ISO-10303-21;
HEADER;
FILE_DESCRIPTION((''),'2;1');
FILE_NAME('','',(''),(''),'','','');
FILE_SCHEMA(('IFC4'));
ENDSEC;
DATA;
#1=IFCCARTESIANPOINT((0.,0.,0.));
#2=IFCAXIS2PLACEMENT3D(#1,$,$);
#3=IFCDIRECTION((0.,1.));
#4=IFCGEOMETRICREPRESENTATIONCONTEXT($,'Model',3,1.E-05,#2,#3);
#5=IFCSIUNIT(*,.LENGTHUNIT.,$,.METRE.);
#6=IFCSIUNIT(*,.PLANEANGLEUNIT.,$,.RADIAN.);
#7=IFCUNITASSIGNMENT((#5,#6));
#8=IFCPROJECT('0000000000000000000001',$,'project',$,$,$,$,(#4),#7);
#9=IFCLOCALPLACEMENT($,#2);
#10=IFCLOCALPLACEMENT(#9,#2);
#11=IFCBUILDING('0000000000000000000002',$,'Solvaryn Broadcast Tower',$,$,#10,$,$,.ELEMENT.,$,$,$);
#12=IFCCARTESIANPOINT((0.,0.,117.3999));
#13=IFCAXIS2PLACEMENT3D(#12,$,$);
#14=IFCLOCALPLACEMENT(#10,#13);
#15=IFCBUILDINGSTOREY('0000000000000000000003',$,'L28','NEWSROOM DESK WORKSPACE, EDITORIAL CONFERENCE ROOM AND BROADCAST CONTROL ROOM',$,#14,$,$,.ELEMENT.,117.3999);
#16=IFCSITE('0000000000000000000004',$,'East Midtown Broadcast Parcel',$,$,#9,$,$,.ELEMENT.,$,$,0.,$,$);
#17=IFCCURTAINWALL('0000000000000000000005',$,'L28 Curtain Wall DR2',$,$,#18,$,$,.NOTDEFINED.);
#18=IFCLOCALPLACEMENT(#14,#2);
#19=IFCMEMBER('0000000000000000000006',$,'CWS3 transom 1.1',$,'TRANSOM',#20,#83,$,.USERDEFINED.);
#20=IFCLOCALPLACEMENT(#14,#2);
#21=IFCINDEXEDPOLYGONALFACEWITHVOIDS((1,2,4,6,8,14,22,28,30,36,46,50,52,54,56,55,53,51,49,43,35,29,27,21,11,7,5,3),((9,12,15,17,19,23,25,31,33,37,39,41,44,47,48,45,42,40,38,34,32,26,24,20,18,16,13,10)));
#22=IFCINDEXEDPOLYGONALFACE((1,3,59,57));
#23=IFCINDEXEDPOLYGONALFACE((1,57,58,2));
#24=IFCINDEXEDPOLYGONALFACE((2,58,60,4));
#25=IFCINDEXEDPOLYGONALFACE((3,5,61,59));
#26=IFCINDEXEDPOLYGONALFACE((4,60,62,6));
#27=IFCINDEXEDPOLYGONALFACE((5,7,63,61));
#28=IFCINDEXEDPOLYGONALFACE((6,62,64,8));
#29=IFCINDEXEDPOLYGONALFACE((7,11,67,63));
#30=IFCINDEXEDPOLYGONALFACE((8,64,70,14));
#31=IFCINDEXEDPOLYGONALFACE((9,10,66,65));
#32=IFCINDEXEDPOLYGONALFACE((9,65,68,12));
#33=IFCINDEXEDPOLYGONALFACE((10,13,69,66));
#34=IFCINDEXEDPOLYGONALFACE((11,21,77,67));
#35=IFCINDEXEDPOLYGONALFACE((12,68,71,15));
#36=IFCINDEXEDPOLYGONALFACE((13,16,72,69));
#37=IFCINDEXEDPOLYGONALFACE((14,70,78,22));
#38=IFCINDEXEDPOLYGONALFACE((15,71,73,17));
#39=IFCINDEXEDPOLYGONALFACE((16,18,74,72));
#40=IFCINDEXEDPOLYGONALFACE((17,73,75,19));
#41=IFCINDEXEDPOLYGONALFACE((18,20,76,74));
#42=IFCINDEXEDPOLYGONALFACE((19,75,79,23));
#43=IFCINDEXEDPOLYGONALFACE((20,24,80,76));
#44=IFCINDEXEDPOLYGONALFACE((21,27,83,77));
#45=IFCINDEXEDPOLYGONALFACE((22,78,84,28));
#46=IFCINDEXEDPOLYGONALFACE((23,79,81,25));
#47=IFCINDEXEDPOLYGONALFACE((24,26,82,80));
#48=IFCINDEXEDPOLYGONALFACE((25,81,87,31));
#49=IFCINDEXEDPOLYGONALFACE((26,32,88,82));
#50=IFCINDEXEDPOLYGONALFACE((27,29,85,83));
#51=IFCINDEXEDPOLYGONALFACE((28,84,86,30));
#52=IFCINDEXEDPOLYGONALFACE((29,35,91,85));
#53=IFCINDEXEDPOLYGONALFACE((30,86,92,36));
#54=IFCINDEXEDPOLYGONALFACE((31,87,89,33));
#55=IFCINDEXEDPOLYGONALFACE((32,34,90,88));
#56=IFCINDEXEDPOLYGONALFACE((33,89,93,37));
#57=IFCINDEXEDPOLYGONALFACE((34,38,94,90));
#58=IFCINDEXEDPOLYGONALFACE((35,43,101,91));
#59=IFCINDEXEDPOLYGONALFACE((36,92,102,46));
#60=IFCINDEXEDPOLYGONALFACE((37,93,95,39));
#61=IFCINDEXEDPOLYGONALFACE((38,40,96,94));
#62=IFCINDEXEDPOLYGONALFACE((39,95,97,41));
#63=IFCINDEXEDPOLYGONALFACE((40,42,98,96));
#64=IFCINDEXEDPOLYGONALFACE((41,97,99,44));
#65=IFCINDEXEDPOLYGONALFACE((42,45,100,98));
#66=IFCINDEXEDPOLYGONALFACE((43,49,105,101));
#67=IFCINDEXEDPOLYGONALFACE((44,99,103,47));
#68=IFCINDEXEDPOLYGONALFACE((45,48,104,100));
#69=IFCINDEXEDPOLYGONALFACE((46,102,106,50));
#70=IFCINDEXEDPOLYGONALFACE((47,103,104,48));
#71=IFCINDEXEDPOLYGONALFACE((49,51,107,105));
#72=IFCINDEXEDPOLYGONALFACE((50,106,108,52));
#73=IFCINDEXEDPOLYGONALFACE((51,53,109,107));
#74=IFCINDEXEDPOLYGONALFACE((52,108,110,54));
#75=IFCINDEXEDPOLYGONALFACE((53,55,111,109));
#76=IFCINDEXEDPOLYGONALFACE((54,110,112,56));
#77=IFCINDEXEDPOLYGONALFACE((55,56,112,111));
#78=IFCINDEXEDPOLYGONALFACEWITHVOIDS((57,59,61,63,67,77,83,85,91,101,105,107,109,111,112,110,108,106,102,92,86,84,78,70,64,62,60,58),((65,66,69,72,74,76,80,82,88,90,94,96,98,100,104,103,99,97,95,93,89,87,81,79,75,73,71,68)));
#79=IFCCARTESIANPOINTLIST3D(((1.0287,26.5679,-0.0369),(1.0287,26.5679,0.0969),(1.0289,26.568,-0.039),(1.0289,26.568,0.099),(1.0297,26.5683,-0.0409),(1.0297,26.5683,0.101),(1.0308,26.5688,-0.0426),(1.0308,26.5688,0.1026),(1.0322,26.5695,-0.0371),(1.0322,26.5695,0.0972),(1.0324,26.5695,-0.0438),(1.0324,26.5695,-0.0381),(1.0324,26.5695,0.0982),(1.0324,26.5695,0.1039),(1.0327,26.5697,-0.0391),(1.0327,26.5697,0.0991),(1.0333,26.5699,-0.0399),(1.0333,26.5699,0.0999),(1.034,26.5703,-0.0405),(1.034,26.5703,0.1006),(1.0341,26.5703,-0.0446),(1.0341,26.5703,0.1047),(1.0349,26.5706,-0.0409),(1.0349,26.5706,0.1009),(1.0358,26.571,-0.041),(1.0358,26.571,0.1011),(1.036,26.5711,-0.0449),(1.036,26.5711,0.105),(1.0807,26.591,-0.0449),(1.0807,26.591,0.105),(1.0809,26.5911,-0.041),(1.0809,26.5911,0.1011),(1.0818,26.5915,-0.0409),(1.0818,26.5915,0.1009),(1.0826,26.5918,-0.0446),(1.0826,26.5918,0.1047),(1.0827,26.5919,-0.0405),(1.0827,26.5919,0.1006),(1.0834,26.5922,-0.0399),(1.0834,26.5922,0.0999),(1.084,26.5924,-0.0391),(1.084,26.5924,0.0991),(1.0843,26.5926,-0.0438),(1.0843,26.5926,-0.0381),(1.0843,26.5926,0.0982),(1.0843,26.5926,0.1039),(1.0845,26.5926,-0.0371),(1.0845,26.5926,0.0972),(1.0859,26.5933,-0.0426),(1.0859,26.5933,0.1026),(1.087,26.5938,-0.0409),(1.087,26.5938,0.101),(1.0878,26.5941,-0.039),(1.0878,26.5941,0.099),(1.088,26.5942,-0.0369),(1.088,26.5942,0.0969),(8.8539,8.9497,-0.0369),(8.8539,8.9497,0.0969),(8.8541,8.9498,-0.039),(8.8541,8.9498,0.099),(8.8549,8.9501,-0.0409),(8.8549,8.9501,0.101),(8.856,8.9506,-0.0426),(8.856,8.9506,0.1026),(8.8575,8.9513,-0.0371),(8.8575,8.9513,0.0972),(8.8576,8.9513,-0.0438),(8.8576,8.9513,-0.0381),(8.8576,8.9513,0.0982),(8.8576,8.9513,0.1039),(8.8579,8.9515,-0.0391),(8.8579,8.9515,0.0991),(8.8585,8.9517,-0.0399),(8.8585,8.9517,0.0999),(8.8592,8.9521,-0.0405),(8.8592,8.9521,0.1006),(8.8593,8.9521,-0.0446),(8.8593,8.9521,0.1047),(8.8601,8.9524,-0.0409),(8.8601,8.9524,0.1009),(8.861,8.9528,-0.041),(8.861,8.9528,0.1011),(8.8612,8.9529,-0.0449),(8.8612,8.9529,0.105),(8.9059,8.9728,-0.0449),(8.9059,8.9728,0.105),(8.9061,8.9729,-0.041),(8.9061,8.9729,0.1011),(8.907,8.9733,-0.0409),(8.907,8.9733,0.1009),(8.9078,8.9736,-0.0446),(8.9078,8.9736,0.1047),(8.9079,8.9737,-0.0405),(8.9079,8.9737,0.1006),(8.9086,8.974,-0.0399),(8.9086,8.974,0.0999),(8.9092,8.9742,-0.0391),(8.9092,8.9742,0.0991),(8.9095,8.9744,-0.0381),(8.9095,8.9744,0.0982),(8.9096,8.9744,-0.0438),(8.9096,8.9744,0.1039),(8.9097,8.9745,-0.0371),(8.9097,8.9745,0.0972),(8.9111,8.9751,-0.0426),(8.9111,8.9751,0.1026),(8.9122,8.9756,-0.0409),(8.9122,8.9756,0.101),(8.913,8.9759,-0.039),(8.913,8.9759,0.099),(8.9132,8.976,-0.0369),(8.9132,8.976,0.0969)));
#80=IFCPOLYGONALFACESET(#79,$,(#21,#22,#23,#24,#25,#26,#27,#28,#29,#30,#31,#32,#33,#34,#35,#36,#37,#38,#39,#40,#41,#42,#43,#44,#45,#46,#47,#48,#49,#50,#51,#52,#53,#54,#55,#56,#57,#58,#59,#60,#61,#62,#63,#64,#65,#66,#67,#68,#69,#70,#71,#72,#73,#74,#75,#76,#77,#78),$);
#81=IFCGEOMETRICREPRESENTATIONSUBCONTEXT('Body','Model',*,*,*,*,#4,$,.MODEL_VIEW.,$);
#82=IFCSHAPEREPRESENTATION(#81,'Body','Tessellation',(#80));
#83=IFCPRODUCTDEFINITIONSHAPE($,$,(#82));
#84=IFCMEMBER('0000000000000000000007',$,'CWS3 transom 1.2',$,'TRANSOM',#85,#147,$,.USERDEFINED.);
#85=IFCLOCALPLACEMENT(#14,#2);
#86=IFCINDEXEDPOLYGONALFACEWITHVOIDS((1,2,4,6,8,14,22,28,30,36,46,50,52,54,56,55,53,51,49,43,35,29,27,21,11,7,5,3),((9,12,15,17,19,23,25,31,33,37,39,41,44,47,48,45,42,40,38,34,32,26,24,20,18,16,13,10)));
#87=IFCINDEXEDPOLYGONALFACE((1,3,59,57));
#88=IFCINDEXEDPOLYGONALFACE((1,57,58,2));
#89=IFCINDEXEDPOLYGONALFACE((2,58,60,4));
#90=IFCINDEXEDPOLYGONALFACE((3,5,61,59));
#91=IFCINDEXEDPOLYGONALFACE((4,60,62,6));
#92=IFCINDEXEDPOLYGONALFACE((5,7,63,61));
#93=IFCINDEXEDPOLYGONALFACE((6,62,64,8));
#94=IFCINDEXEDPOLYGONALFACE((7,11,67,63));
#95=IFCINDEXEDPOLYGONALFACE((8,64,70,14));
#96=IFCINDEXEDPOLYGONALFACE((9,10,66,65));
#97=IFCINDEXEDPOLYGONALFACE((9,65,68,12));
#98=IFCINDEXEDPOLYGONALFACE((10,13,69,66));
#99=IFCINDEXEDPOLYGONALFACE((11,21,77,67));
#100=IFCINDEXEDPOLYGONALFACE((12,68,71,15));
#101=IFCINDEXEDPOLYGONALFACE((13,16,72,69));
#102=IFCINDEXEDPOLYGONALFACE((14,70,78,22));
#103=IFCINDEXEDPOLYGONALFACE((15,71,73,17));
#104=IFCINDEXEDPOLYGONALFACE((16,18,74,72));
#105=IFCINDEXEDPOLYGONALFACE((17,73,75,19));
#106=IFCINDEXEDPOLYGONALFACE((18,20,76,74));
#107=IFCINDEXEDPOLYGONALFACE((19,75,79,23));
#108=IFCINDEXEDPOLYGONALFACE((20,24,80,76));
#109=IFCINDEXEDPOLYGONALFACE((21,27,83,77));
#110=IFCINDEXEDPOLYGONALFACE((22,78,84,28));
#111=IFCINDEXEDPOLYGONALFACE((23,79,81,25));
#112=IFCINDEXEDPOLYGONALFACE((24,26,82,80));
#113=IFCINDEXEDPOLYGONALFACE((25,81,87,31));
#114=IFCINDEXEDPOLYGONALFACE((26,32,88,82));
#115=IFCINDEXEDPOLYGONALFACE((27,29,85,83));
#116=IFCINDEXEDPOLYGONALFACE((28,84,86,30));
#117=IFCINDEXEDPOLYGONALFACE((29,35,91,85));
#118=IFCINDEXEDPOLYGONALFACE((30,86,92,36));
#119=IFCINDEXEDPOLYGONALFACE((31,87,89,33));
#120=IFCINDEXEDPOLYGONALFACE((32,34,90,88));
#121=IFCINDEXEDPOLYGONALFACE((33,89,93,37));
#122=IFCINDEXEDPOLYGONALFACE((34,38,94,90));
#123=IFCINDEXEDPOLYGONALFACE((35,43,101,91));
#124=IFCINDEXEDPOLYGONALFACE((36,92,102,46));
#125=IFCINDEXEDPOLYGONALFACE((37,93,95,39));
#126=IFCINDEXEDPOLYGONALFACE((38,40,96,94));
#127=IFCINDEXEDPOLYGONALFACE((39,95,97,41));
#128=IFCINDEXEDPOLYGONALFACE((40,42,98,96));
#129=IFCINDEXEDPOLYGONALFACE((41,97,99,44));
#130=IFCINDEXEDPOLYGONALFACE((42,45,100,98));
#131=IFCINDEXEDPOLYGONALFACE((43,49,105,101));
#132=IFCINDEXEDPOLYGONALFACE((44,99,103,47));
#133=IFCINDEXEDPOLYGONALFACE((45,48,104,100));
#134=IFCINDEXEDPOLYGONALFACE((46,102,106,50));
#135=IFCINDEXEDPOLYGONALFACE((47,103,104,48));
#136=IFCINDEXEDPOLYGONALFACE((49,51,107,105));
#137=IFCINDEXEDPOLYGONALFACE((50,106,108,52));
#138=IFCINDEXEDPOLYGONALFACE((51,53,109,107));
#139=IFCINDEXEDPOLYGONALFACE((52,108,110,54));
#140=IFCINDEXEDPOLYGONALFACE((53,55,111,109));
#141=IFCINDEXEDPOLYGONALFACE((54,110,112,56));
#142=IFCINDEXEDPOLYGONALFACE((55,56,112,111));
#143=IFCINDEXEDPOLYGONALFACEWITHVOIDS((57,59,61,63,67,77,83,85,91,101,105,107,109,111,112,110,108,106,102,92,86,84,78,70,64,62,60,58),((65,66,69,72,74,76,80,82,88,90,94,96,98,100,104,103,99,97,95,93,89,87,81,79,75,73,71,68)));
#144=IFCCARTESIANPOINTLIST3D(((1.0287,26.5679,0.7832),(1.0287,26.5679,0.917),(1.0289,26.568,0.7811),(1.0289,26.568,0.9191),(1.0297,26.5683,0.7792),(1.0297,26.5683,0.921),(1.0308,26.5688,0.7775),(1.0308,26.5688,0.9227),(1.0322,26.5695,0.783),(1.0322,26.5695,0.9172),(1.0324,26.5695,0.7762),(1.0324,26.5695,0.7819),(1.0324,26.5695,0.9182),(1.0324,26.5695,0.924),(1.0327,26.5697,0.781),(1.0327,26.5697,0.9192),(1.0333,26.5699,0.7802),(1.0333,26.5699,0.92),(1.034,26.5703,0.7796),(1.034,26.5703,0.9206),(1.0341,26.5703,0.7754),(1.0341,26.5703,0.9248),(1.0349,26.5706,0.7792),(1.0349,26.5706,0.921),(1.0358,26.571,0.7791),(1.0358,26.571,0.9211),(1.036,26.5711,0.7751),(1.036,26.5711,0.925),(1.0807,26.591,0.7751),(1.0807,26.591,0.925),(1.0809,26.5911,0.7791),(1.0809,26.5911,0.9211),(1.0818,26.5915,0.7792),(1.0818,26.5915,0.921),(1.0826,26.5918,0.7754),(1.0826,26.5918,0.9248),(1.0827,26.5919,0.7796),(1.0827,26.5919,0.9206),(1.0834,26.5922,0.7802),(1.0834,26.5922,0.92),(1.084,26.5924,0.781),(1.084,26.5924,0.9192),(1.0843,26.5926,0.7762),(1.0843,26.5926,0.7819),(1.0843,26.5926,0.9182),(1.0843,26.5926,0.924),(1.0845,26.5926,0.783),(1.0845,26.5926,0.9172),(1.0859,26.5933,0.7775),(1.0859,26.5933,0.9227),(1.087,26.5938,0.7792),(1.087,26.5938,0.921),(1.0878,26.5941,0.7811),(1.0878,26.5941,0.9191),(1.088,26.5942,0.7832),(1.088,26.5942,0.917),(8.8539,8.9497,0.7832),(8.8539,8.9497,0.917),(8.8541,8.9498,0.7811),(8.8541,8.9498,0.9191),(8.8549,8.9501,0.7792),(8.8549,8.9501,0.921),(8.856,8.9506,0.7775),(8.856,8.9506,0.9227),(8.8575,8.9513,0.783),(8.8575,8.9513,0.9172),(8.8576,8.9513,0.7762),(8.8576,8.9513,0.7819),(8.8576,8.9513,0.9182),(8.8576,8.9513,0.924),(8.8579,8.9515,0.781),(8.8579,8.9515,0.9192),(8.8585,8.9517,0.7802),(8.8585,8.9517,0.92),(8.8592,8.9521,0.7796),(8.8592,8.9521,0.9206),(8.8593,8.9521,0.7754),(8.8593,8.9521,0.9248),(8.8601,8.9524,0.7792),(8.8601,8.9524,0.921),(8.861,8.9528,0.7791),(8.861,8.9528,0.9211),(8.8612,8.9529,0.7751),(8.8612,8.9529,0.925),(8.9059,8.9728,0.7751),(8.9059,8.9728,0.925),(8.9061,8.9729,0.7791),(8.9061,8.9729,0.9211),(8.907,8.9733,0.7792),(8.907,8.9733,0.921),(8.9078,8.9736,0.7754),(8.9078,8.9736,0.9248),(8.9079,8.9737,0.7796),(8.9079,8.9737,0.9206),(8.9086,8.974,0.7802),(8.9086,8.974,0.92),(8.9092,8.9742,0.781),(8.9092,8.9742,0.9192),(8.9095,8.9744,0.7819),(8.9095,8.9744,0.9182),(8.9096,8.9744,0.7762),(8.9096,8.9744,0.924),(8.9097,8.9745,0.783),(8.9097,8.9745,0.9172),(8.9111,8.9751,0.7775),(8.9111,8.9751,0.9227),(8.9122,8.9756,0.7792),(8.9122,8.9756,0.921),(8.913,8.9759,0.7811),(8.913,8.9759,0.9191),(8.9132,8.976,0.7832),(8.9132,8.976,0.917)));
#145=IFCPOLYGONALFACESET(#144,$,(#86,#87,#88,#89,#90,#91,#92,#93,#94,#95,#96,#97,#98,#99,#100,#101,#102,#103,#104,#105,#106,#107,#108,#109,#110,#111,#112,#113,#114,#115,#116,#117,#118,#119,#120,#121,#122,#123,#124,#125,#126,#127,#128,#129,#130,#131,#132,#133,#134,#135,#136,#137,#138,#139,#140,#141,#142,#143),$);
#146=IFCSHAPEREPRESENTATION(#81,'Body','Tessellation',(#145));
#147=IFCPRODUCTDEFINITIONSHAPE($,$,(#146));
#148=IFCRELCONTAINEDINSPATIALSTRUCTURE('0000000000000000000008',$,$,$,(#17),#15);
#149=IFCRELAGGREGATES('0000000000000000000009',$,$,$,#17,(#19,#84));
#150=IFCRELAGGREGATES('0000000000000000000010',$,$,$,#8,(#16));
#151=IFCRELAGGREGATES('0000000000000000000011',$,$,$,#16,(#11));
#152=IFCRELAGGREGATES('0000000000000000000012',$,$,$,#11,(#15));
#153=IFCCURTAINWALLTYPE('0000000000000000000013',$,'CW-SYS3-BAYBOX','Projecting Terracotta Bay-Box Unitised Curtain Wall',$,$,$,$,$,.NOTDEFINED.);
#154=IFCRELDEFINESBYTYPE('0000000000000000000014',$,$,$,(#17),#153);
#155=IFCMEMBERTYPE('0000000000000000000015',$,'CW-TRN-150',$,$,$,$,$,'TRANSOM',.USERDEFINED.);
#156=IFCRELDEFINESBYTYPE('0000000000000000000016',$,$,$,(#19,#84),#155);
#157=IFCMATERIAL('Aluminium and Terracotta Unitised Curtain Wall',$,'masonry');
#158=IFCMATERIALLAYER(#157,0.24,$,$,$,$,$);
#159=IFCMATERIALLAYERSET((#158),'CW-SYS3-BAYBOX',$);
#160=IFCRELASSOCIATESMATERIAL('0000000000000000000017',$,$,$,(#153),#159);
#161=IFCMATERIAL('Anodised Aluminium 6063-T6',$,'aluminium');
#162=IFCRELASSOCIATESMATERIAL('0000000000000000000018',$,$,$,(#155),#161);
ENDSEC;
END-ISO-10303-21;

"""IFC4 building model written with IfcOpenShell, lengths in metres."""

from ifc_helpers import new_model, si_unit, direction, frame, origin, origin_2d, place, context, subcontext, project, spatial, hollow_rectangle, extrude, material, layer, layer_set, material_profile, profile_set, type_object, element, aggregate, save


model = new_model("IFC4")

# Units and contexts
model_context = context("Model", 3, precision=1e-05, world=origin(), true_north=direction((0.0, 1.0)))
body_context = subcontext(model_context, "Body", "Model", "MODEL_VIEW")
ifc_project = project(units=[si_unit("LENGTHUNIT", "METRE"), si_unit("PLANEANGLEUNIT", "RADIAN")], contexts=[model_context])

# Site, building, storey
site_placement = place(None, origin())
site = spatial("IfcSite", under=ifc_project, at=site_placement, Name="East Midtown Broadcast Parcel", CompositionType="ELEMENT", RefElevation=0.0)
building_placement = place(site_placement, origin())
building = spatial("IfcBuilding", under=site, at=building_placement, Name="Solvaryn Broadcast Tower", CompositionType="ELEMENT")
storey_placement = place(building_placement, frame((0.0, 0.0, 117.3999)))
storey = spatial("IfcBuildingStorey", under=building, at=storey_placement, Name="L28", Description="NEWSROOM DESK WORKSPACE, EDITORIAL CONFERENCE ROOM AND BROADCAST CONTROL ROOM", CompositionType="ELEMENT", Elevation=117.3999)

# Curtain wall, members
ifc_material_1 = material(Name="Aluminium and Terracotta Unitised Curtain Wall", Category="masonry")
ifc_layer_1 = layer(ifc_material_1, 0.24)
ifc_layer_set_1 = layer_set([ifc_layer_1], Name="CW-SYS3-BAYBOX")
curtain_wall_type = type_object("IfcCurtainWallType", Name="CW-SYS3-BAYBOX", Description="Projecting Terracotta Bay-Box Unitised Curtain Wall", PredefinedType="NOTDEFINED", material=ifc_layer_set_1)
curtain_wall_placement = place(storey_placement, origin())
curtain_wall = element("IfcCurtainWall", 1, at=curtain_wall_placement, inside=storey, type_object=curtain_wall_type, Name="L28 Curtain Wall DR2", PredefinedType="NOTDEFINED")
ifc_material_2 = material(Name="Anodised Aluminium 6063-T6", Category="aluminium")
ifc_material_profile_1 = material_profile(ifc_material_2, hollow_rectangle(XDim=0.0649, YDim=0.1499, WallThickness=0.0039, InnerFilletRadius=0.0039, OuterFilletRadius=0.0081, at=origin_2d()))
ifc_profile_set_1 = profile_set([ifc_material_profile_1], Name="Anodised Aluminium 6063-T6")
member_type_1 = type_object("IfcMemberType", Name="CW-TRN-150", ElementType="TRANSOM", PredefinedType="USERDEFINED", material=ifc_profile_set_1)
member_1_placement = place(storey_placement, frame((1.0583, 26.5811, 0.03), z_axis=(0.405918, -0.91391, 0.0), x_axis=(0.91391, 0.405918, 0.0)))
member_1 = element("IfcMember", 2, at=member_1_placement, type_object=member_type_1, Name="CWS3 transom 1.1", ObjectType="TRANSOM", PredefinedType="USERDEFINED", context=body_context, shape_type="SweptSolid", body=[
    extrude(hollow_rectangle(XDim=0.0649, YDim=0.1499, WallThickness=0.0039, InnerFilletRadius=0.0039, OuterFilletRadius=0.0081, at=origin_2d()), origin(), (0.0, 0.0, 1.0), 19.2778),
])
member_2_placement = place(storey_placement, frame((1.0583, 26.5811, 0.8501), z_axis=(0.405918, -0.91391, 0.0), x_axis=(0.91391, 0.405918, 0.0)))
member_2 = element("IfcMember", 3, at=member_2_placement, type_object=member_type_1, Name="CWS3 transom 1.2", ObjectType="TRANSOM", PredefinedType="USERDEFINED", context=body_context, shape_type="SweptSolid", body=[
    extrude(hollow_rectangle(XDim=0.0649, YDim=0.1499, WallThickness=0.0039, InnerFilletRadius=0.0039, OuterFilletRadius=0.0081, at=origin_2d()), origin(), (0.0, 0.0, 1.0), 19.2778),
])
aggregate(curtain_wall, [member_1, member_2])

save(model, "model.ifc")
